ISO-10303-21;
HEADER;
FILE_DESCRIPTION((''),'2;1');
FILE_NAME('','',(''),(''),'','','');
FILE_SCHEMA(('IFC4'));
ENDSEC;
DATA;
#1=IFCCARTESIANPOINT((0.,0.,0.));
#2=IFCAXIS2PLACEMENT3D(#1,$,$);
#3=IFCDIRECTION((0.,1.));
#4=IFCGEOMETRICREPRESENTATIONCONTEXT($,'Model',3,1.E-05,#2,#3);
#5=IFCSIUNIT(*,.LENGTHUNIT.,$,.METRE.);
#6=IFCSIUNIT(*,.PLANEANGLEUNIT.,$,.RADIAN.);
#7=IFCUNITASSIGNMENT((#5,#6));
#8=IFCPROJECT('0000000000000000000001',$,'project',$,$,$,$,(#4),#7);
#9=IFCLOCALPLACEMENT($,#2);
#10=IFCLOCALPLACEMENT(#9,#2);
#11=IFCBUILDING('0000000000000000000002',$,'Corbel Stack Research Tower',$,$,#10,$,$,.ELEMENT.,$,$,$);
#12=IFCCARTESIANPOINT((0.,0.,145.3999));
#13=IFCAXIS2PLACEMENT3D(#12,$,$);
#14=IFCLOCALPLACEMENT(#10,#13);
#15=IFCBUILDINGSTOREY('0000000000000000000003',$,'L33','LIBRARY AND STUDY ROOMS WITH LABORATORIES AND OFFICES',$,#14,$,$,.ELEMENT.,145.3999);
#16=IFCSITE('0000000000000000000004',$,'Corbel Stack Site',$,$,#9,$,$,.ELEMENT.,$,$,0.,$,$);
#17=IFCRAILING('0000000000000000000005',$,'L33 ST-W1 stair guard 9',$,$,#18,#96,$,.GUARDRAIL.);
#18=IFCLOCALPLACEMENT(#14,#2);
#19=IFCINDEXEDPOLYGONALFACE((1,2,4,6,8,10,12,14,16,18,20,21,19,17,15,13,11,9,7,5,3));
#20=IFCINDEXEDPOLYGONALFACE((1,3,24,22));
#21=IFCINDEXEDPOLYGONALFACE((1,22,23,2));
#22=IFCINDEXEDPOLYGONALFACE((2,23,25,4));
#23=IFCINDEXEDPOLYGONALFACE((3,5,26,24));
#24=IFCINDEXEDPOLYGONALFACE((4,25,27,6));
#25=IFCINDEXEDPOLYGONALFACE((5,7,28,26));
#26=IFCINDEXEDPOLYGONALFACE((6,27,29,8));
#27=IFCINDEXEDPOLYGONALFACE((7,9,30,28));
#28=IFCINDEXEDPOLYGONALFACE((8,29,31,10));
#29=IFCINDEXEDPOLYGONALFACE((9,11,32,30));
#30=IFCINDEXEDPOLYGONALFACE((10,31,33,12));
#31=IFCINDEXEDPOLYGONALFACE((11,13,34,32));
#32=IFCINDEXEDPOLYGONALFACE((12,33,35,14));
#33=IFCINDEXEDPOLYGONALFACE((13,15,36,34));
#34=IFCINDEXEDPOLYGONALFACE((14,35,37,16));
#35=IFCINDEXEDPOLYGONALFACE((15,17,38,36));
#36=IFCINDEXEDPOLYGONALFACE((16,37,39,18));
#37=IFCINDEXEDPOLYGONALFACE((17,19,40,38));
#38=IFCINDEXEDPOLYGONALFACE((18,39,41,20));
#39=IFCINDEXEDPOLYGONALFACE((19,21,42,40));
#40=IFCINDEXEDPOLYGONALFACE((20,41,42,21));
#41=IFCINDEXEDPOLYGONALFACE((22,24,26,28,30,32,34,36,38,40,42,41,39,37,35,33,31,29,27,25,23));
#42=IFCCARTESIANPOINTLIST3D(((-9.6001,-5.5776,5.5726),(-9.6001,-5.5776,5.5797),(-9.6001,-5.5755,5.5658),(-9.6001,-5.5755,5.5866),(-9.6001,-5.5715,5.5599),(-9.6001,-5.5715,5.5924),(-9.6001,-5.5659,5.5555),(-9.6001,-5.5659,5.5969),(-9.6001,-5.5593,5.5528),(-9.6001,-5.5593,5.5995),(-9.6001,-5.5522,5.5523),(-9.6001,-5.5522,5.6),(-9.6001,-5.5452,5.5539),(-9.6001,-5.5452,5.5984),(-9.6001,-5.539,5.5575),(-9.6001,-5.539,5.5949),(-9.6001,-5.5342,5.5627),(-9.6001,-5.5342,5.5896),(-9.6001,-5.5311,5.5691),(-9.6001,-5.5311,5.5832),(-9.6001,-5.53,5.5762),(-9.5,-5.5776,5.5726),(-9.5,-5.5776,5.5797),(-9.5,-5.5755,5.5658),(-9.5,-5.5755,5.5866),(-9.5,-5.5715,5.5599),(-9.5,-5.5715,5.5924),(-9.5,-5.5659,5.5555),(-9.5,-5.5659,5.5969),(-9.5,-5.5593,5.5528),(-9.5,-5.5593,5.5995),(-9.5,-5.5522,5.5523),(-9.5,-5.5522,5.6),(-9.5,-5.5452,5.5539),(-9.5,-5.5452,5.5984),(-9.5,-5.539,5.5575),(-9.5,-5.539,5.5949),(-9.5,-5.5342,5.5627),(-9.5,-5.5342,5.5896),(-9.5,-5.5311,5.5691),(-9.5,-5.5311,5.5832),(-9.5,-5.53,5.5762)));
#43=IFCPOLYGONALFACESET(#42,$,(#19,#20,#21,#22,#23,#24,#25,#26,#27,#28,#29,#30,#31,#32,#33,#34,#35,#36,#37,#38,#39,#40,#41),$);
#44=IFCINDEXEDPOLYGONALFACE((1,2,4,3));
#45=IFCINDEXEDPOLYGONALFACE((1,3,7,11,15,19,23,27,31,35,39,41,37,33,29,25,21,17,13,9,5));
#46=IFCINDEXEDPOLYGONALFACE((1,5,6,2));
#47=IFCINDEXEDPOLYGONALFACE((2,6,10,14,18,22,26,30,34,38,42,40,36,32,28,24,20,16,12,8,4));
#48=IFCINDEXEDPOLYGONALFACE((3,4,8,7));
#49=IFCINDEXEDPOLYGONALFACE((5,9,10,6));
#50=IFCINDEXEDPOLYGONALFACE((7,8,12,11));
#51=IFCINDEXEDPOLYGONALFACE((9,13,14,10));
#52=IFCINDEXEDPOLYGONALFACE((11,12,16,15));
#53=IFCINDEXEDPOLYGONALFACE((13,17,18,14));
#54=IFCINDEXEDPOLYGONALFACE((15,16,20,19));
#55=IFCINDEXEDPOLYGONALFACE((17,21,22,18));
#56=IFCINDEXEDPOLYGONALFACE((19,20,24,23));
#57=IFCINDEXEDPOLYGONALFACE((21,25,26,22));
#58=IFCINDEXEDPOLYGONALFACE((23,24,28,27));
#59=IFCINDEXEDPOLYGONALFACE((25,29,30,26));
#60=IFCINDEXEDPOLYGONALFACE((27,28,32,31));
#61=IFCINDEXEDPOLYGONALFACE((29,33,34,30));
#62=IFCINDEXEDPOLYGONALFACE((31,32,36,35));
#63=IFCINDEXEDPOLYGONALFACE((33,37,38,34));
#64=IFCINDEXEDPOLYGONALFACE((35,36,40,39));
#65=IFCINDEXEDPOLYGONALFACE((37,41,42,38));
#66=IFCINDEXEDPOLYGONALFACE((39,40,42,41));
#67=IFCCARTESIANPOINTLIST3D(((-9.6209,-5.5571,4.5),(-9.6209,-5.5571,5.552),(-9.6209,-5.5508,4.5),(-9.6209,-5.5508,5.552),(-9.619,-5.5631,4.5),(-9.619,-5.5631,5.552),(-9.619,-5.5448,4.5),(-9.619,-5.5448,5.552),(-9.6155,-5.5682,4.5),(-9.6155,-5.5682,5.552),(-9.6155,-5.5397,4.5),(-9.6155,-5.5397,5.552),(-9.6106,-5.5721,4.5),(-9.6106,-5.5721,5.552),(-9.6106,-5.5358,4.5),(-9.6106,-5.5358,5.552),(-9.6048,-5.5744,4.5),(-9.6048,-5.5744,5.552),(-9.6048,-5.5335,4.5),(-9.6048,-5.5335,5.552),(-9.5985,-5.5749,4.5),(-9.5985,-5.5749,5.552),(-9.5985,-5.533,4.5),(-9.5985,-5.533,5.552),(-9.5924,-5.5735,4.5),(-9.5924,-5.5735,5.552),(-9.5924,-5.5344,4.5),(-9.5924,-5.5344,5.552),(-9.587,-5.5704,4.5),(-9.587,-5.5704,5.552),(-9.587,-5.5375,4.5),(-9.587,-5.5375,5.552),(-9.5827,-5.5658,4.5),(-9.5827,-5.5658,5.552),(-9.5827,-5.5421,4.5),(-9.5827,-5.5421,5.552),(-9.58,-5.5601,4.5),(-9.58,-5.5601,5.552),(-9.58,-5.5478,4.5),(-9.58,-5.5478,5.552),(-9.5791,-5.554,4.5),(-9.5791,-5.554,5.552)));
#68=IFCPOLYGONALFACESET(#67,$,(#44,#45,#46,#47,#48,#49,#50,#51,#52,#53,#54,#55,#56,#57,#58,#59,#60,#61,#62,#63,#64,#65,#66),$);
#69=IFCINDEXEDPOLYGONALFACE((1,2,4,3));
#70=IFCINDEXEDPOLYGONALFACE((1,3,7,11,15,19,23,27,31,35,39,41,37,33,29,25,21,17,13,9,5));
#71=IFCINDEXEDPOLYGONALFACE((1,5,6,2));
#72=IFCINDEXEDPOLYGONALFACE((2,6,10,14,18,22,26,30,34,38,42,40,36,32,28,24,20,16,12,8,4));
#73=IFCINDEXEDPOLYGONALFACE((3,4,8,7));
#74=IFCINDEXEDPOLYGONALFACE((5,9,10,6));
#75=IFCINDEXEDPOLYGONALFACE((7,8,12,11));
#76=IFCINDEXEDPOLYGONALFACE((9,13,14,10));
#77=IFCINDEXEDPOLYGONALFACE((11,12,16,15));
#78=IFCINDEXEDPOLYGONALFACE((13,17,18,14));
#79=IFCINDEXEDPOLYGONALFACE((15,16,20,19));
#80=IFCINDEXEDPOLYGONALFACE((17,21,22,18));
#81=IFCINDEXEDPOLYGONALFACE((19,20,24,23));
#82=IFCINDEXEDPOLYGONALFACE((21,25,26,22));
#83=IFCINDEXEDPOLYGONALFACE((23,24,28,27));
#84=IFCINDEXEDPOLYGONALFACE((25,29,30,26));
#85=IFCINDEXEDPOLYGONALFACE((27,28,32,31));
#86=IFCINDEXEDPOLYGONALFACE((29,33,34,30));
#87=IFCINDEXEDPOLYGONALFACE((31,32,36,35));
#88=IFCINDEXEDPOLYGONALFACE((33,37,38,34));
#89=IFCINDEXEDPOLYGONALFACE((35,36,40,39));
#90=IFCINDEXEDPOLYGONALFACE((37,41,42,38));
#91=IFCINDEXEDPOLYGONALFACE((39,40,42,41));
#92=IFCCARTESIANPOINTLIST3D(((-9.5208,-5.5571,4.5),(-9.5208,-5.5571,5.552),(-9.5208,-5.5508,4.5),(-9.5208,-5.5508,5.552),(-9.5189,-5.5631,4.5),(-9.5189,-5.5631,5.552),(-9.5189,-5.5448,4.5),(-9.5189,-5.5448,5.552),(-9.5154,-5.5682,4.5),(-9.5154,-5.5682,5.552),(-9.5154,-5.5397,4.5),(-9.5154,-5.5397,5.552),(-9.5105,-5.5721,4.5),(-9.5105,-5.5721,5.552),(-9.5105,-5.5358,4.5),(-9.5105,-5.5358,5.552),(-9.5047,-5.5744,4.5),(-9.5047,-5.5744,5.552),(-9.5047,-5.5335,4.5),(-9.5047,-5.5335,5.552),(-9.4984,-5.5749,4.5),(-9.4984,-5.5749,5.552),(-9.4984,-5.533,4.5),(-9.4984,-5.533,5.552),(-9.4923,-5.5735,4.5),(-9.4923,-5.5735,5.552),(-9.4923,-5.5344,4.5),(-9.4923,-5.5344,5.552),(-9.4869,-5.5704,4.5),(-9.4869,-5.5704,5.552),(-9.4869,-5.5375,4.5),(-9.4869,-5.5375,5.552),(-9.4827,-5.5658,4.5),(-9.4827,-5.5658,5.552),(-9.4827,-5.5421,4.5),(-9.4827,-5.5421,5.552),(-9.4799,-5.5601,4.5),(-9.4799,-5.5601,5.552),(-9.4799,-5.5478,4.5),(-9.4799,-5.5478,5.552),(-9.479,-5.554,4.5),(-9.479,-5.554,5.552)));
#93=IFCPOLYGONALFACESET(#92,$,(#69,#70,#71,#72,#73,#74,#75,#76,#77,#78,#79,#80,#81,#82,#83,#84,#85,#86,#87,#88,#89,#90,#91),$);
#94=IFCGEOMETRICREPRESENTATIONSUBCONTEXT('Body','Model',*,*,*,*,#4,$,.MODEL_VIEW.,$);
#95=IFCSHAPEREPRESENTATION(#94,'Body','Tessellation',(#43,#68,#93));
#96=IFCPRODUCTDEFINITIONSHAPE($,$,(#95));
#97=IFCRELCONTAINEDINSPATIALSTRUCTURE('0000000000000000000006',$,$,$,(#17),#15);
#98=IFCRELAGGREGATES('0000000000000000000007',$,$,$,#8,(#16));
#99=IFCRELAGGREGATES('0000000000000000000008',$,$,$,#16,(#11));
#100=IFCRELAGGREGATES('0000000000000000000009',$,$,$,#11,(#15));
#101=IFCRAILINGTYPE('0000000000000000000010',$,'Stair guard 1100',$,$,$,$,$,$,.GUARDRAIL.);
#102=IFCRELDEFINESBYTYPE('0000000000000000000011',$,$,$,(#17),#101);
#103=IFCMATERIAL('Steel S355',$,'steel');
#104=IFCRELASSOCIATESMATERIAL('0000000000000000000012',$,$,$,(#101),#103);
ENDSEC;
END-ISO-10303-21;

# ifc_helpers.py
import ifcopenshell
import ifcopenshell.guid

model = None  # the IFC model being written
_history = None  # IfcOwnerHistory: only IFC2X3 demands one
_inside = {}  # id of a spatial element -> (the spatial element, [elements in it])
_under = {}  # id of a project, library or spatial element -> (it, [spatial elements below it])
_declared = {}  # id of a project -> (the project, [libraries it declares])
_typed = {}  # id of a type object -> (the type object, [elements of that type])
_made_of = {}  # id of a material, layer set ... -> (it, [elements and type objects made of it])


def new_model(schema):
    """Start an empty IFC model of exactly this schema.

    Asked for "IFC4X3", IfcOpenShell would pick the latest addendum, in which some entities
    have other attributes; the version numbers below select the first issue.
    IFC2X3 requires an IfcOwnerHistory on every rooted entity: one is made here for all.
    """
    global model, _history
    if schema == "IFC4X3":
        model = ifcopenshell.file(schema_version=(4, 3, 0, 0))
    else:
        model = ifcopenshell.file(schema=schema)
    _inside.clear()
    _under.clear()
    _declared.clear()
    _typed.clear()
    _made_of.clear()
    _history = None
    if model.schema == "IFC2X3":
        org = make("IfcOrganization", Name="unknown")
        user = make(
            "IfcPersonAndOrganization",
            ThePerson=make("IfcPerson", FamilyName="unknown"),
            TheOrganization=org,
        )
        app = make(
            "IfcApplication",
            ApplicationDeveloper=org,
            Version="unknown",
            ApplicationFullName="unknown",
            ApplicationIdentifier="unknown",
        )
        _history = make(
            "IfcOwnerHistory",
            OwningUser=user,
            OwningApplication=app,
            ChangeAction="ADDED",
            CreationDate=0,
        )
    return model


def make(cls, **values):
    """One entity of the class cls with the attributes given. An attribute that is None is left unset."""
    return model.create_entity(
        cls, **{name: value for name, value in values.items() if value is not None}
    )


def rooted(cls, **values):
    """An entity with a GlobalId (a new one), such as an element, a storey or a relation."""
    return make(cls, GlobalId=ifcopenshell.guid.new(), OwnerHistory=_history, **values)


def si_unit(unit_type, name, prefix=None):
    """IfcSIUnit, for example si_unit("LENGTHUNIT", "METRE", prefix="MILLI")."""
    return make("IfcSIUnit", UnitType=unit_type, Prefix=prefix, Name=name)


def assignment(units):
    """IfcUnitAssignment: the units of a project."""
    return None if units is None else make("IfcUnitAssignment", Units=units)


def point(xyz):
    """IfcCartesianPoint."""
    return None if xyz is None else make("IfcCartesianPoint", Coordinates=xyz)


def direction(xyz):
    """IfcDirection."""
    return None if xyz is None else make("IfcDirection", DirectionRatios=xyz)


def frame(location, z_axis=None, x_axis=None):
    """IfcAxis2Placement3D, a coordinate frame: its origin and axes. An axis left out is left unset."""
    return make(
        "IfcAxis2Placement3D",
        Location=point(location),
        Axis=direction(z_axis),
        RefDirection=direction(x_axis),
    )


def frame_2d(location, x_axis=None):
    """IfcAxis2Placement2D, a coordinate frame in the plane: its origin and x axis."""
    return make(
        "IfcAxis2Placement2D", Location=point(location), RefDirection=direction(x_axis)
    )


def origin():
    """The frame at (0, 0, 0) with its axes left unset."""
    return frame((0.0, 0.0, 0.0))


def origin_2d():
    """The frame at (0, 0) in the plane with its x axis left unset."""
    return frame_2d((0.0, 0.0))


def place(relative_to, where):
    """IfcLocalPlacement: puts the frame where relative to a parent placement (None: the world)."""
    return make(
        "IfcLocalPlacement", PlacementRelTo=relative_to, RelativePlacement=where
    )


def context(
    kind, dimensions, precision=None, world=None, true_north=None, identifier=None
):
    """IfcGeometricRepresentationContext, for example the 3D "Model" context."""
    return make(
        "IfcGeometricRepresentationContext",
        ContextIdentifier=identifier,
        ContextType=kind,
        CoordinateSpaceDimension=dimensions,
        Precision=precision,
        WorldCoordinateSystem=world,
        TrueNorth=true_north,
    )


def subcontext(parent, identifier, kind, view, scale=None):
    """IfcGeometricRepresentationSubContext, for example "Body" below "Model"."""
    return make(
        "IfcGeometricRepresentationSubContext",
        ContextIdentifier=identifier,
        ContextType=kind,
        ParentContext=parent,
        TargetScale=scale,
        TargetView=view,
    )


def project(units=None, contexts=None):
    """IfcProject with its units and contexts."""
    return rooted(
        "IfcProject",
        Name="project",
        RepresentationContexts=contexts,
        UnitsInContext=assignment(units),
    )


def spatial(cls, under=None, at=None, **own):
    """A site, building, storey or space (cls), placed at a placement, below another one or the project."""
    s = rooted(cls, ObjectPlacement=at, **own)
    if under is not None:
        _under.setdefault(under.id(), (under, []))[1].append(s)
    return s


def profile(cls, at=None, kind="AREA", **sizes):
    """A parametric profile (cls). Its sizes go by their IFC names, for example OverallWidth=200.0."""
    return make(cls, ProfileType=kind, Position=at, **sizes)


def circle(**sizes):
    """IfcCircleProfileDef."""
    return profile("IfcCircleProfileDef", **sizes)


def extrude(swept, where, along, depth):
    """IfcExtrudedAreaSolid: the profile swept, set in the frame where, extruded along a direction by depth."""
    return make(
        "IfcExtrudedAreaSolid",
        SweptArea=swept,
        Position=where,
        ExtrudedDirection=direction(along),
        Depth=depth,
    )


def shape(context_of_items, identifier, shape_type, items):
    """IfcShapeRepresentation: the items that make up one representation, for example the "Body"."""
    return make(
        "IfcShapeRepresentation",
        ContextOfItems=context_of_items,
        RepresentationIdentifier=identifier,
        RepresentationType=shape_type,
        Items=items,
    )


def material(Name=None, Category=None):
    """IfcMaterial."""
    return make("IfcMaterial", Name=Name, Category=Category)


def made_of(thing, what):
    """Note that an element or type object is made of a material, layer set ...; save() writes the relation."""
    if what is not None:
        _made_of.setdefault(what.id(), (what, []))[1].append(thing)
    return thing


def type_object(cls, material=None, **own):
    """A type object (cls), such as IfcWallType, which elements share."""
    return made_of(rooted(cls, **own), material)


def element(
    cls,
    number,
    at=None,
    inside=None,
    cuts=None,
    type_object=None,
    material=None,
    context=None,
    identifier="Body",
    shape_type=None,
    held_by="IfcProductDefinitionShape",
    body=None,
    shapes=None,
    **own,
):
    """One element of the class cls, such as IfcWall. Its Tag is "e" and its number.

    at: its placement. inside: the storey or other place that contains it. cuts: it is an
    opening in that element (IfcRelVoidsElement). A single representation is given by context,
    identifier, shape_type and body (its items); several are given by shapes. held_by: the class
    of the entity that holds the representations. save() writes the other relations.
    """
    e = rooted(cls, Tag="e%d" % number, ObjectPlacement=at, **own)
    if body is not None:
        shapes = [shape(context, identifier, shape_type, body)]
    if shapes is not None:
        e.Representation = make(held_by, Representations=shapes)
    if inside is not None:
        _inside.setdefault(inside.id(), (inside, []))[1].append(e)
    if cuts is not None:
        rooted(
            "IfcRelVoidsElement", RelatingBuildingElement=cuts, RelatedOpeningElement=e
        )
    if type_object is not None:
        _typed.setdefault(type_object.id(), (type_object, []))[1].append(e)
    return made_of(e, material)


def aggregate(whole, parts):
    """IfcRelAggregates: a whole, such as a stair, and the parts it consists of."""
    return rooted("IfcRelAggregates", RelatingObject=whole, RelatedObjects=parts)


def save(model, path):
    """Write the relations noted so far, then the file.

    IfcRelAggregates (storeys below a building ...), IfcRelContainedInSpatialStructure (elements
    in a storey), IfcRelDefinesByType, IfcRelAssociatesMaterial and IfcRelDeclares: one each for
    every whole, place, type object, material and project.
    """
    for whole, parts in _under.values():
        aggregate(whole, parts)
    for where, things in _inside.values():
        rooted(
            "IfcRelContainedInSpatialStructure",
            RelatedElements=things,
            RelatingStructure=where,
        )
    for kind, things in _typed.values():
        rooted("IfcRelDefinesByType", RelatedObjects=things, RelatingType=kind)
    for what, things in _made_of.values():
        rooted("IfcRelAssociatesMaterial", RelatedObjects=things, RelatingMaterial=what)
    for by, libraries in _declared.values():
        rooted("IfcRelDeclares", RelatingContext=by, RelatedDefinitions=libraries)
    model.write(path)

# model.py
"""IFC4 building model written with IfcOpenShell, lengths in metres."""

from ifc_helpers import new_model, si_unit, direction, frame, origin, origin_2d, place, context, subcontext, project, spatial, circle, extrude, material, type_object, element, save


model = new_model("IFC4")

# Units and contexts
model_context = context("Model", 3, precision=1e-05, world=origin(), true_north=direction((0.0, 1.0)))
body_context = subcontext(model_context, "Body", "Model", "MODEL_VIEW")
ifc_project = project(units=[si_unit("LENGTHUNIT", "METRE"), si_unit("PLANEANGLEUNIT", "RADIAN")], contexts=[model_context])

# Site, building, storey
site_placement = place(None, origin())
site = spatial("IfcSite", under=ifc_project, at=site_placement, Name="Corbel Stack Site", CompositionType="ELEMENT", RefElevation=0.0)
building_placement = place(site_placement, origin())
building = spatial("IfcBuilding", under=site, at=building_placement, Name="Corbel Stack Research Tower", CompositionType="ELEMENT")
storey_placement = place(building_placement, frame((0.0, 0.0, 145.3999)))
storey = spatial("IfcBuildingStorey", under=building, at=storey_placement, Name="L33", Description="LIBRARY AND STUDY ROOMS WITH LABORATORIES AND OFFICES", CompositionType="ELEMENT", Elevation=145.3999)

# Railing
ifc_material_1 = material(Name="Steel S355", Category="steel")
railing_type = type_object("IfcRailingType", Name="Stair guard 1100", PredefinedType="GUARDRAIL", material=ifc_material_1)
for number, where, name in (
    (1, (-9.6001, -5.554, 4.5), "L33 ST-W1 stair guard 9"),
):
    element("IfcRailing", number, at=place(storey_placement, frame(where)), inside=storey, type_object=railing_type, Name=name, PredefinedType="GUARDRAIL", context=body_context, shape_type="SweptSolid", body=[
        extrude(circle(Radius=0.0239, at=origin_2d()), frame((0.0, 0.0, 1.0762), z_axis=(1.0, 0.0, 0.0), x_axis=(0.0, 1.0, 0.0)), (0.0, 0.0, 1.0), 0.1001),
        extrude(circle(Radius=0.021, at=origin_2d()), origin(), (0.0, 0.0, 1.0), 1.052),
        extrude(circle(Radius=0.021, at=origin_2d()), frame((0.1001, 0.0, 0.0)), (0.0, 0.0, 1.0), 1.052),
    ])

save(model, "model.ifc")
